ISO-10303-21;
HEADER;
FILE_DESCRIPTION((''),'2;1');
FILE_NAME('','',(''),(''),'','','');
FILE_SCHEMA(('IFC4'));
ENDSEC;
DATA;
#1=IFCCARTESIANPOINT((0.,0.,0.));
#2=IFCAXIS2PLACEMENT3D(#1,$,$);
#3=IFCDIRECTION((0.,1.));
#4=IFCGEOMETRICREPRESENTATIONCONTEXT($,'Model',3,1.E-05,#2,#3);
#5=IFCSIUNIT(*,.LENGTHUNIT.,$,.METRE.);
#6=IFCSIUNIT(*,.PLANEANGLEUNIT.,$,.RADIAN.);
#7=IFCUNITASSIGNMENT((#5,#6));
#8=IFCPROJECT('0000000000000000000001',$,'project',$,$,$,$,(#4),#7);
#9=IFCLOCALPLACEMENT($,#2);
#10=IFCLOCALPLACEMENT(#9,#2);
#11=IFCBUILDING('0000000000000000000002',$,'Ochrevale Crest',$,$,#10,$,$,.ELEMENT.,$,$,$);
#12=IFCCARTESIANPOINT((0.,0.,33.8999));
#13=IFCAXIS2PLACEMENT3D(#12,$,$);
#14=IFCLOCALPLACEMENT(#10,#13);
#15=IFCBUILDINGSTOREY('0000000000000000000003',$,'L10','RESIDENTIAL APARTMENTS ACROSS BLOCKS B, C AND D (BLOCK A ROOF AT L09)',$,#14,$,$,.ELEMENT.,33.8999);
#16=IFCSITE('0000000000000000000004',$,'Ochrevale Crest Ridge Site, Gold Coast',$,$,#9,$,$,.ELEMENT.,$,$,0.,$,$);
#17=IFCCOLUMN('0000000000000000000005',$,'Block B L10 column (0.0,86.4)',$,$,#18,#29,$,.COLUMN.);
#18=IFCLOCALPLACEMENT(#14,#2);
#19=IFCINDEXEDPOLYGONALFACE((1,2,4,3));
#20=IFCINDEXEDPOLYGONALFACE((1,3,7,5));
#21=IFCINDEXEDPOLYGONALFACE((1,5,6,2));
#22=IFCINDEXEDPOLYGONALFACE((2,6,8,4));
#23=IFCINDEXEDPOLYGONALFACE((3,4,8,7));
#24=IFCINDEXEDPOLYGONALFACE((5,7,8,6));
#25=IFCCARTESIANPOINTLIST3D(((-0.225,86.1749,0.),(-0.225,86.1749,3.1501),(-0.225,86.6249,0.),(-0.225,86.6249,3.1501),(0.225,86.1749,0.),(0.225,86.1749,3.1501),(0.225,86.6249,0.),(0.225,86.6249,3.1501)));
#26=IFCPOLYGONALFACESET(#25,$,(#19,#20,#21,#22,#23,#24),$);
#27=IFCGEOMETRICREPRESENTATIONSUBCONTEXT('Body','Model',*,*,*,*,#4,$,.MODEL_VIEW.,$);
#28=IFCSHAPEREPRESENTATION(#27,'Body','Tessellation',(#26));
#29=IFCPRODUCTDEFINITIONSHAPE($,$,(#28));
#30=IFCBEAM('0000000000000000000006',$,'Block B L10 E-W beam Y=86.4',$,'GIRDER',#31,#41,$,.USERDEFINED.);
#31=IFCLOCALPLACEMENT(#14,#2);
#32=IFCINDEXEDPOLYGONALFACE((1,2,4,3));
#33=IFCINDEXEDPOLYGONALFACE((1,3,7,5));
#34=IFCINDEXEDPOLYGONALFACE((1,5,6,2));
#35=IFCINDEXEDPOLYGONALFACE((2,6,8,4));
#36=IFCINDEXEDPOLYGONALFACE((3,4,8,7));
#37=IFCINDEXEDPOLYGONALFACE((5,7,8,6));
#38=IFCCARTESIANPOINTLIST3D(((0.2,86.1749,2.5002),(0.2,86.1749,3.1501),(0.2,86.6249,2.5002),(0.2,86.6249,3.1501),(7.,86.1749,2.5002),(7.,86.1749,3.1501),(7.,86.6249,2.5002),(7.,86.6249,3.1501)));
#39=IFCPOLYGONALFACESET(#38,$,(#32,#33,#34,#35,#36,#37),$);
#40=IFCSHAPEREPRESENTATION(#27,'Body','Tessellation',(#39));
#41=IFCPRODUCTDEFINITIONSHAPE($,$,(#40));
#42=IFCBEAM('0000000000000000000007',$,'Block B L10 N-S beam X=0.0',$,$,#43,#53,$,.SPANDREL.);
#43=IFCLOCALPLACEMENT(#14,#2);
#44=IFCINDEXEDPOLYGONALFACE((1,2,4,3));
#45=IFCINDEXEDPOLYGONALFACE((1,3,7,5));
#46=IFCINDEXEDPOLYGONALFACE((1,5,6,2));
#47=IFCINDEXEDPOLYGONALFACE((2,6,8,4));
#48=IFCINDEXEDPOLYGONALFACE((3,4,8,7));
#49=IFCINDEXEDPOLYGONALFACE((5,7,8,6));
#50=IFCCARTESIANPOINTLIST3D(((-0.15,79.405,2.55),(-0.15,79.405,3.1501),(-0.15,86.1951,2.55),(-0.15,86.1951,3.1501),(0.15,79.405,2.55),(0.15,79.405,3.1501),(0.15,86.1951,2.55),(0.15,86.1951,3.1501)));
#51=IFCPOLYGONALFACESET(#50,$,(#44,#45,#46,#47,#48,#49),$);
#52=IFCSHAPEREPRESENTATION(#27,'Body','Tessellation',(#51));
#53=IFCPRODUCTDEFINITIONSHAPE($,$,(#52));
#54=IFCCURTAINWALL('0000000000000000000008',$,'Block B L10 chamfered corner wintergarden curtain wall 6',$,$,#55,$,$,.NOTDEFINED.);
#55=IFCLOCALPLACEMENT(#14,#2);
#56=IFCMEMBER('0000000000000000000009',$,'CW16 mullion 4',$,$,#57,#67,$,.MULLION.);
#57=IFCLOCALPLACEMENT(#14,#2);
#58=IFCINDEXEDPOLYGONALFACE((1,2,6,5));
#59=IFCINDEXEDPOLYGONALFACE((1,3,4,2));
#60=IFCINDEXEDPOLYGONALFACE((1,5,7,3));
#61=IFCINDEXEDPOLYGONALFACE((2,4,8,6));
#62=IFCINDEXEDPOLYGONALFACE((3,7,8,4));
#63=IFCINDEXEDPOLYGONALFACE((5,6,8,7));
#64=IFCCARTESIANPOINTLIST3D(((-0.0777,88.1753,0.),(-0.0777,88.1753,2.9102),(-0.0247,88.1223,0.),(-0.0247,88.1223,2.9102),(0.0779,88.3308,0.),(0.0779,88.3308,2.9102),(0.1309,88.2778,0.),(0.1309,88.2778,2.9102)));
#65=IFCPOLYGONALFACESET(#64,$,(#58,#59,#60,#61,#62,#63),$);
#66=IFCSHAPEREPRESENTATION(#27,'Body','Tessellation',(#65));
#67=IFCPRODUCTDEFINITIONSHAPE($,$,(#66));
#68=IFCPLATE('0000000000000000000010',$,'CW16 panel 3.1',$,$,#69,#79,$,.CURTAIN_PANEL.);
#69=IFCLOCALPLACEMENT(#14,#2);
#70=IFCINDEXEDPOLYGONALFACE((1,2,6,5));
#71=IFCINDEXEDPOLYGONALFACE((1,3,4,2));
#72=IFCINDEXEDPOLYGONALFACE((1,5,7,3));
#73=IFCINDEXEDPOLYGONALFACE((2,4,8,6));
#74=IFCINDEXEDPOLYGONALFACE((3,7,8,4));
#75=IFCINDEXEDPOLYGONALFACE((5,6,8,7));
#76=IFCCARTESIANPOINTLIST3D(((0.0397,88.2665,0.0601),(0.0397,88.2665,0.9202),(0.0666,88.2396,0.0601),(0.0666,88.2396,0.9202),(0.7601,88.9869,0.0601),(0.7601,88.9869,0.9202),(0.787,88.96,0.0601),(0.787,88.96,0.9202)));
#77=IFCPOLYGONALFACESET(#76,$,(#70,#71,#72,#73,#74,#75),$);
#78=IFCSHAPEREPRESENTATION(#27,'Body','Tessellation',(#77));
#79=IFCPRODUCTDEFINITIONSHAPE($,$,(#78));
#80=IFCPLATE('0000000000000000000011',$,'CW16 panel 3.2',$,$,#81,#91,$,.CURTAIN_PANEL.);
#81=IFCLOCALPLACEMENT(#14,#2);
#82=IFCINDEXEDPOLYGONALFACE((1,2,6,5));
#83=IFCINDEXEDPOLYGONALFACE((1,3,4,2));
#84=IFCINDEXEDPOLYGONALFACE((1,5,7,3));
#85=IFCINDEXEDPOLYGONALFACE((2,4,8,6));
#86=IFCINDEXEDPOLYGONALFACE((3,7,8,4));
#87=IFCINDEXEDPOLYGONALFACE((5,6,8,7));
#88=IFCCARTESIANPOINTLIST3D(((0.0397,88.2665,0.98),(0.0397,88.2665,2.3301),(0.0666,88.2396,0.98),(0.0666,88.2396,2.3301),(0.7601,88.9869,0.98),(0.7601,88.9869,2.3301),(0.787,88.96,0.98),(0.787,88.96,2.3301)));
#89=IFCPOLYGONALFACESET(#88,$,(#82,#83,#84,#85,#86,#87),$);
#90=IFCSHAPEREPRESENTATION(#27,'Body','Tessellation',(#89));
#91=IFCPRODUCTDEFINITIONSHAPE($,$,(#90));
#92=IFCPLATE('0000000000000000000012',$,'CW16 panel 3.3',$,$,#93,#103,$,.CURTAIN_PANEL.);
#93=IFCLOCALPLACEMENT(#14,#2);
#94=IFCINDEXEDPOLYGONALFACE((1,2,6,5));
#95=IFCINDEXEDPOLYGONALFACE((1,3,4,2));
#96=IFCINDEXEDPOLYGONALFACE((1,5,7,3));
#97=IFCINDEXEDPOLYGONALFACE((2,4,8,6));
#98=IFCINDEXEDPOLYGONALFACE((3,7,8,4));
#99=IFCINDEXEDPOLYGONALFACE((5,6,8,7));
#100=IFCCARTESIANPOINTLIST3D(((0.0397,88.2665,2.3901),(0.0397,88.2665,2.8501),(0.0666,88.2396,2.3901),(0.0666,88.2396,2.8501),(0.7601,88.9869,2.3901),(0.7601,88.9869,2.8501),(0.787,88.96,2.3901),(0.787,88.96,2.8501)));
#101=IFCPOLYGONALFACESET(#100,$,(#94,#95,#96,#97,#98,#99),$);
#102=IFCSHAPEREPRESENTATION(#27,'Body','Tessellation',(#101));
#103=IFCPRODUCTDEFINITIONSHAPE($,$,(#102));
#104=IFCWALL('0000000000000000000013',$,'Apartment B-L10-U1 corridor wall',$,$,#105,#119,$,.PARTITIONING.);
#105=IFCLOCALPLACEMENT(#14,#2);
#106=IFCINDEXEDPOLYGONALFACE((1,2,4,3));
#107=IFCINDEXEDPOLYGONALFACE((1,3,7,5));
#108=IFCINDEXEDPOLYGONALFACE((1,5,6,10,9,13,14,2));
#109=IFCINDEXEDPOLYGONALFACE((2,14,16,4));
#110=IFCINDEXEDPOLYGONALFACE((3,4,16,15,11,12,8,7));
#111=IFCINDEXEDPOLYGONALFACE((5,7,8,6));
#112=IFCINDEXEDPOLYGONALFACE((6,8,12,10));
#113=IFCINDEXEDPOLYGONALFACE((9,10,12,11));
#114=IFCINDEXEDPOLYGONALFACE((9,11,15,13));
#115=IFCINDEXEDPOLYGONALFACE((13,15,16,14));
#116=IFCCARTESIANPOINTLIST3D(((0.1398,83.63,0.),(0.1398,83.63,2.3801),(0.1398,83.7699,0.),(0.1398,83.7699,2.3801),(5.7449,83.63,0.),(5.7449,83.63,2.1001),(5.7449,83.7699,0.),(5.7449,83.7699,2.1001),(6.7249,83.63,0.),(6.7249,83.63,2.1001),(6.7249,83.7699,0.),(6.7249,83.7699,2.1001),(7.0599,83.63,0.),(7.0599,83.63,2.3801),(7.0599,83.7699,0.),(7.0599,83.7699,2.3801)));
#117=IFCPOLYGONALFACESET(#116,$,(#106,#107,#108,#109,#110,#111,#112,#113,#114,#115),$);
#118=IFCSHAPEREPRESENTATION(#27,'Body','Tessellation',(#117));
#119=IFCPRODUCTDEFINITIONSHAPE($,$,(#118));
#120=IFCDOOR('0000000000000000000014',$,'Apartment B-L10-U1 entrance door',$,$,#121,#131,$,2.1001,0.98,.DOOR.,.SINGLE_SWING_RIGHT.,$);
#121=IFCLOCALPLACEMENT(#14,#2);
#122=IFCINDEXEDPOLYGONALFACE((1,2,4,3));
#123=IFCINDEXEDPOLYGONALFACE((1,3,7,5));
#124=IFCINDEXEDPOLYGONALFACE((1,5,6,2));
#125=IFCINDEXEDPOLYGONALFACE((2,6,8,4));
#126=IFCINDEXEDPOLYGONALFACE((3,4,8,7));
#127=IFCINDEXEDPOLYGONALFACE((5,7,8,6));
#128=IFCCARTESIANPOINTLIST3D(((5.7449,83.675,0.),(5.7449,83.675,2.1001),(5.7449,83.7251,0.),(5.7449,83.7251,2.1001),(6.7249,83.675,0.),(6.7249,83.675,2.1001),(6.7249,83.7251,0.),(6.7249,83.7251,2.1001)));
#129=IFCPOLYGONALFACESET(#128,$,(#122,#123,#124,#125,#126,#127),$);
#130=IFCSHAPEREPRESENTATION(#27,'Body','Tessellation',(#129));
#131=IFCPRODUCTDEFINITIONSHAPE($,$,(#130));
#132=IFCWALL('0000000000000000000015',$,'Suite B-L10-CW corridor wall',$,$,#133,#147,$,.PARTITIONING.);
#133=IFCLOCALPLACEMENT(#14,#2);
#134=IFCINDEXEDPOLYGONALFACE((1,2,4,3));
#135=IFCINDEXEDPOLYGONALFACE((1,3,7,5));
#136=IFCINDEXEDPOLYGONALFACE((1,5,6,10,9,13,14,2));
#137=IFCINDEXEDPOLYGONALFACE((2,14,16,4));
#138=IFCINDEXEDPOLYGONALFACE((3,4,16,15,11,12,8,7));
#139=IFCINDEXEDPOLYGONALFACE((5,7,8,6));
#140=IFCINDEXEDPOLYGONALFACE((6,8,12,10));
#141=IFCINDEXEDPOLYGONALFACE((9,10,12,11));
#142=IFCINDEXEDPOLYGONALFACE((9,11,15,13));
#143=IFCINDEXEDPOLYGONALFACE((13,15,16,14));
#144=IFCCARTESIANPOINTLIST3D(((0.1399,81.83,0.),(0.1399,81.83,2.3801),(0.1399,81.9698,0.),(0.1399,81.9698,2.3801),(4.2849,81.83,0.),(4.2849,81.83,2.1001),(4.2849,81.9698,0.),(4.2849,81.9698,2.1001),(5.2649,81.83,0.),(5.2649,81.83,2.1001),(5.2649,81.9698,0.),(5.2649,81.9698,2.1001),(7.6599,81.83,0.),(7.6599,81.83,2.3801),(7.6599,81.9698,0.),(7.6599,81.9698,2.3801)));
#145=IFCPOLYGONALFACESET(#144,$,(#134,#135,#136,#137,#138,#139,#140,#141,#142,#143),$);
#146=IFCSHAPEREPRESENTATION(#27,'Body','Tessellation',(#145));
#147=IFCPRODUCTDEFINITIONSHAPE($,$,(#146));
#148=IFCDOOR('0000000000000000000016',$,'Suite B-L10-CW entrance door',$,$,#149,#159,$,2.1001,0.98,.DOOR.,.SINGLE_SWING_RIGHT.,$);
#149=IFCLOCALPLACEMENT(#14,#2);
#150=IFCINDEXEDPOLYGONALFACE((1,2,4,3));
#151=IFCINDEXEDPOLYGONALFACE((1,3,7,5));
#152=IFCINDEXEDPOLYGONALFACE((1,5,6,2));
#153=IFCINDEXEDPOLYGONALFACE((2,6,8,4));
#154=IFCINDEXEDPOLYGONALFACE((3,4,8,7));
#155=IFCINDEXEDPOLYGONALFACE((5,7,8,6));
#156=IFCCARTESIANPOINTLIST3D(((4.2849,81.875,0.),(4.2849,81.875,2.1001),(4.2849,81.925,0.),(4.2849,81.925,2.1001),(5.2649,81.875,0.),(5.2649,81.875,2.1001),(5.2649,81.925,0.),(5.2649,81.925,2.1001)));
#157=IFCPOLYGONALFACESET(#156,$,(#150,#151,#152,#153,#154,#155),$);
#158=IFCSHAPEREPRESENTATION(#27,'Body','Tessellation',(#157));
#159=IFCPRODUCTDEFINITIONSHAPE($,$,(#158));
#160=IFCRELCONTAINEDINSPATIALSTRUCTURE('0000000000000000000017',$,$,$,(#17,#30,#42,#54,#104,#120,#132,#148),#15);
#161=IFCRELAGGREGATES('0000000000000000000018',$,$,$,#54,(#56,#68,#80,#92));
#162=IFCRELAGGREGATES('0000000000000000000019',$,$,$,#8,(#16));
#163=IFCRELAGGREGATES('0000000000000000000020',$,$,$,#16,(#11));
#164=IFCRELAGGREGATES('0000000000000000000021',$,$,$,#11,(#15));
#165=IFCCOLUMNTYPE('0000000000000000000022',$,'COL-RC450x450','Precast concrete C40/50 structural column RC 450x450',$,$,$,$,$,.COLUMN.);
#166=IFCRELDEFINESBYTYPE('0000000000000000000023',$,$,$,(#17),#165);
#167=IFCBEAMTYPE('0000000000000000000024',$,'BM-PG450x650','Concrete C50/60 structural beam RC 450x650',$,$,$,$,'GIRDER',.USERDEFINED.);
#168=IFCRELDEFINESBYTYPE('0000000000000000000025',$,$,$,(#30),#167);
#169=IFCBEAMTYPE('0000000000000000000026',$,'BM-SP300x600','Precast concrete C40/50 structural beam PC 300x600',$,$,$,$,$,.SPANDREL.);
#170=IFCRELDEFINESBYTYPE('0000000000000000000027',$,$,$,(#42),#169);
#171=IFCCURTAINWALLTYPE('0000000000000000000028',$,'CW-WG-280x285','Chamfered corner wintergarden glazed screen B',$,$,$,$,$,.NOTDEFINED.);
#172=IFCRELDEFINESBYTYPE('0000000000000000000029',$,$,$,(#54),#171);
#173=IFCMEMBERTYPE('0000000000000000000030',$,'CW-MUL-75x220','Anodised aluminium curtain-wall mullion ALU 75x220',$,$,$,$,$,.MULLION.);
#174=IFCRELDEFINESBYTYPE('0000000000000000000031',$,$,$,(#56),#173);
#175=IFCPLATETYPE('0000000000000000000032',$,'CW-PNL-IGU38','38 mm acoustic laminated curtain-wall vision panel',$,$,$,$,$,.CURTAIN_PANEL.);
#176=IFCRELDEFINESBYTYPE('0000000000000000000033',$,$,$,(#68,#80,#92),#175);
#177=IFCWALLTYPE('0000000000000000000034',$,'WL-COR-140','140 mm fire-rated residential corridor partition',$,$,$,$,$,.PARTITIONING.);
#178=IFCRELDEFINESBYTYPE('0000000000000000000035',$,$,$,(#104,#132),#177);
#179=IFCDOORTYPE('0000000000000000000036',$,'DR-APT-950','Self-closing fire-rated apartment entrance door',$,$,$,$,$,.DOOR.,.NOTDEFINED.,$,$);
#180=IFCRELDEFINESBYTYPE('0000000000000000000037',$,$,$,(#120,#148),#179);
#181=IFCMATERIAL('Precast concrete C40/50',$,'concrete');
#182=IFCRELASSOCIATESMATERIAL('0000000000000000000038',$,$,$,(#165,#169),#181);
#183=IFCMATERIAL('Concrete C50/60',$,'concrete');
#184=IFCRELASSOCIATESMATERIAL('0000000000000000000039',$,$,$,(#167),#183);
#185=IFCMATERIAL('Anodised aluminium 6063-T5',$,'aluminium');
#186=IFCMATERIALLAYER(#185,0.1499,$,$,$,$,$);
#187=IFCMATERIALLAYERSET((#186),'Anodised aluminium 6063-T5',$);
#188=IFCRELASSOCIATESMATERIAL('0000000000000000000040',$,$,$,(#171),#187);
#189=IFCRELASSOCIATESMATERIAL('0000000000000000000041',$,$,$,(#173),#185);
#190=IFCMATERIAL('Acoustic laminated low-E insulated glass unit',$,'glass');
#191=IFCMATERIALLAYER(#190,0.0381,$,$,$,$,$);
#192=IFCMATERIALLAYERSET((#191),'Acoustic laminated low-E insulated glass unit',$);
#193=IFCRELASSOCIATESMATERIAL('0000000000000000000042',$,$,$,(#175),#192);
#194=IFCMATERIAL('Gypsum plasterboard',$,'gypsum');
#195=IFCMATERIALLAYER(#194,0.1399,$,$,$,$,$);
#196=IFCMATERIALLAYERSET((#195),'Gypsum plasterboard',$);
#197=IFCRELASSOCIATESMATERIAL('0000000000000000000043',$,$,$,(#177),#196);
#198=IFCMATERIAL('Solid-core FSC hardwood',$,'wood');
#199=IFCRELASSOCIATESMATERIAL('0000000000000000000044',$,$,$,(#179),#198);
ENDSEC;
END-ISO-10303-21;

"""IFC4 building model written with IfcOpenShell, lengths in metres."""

from ifc_helpers import new_model, si_unit, direction, frame, frame_2d, origin, origin_2d, place, context, subcontext, project, spatial, rectangle, extrude, material, layer, layer_set, material_profile, profile_set, type_object, element, fill, aggregate, save


model = new_model("IFC4")

# Units and contexts
model_context = context("Model", 3, precision=1e-05, world=origin(), true_north=direction((0.0, 1.0)))
body_context = subcontext(model_context, "Body", "Model", "MODEL_VIEW")
ifc_project = project(units=[si_unit("LENGTHUNIT", "METRE"), si_unit("PLANEANGLEUNIT", "RADIAN")], contexts=[model_context])

# Site, building, storey
site_placement = place(None, origin())
site = spatial("IfcSite", under=ifc_project, at=site_placement, Name="Ochrevale Crest Ridge Site, Gold Coast", CompositionType="ELEMENT", RefElevation=0.0)
building_placement = place(site_placement, origin())
building = spatial("IfcBuilding", under=site, at=building_placement, Name="Ochrevale Crest", CompositionType="ELEMENT")
storey_placement = place(building_placement, frame((0.0, 0.0, 33.8999)))
storey = spatial("IfcBuildingStorey", under=building, at=storey_placement, Name="L10", Description="RESIDENTIAL APARTMENTS ACROSS BLOCKS B, C AND D (BLOCK A ROOF AT L09)", CompositionType="ELEMENT", Elevation=33.8999)

# Column
ifc_material_1 = material(Name="Precast concrete C40/50", Category="concrete")
ifc_material_profile_1 = material_profile(ifc_material_1, rectangle(XDim=0.45, YDim=0.45, at=origin_2d()), Name="RC 450x450")
ifc_profile_set_1 = profile_set([ifc_material_profile_1], Name="Precast concrete C40/50")
column_type = type_object("IfcColumnType", Name="COL-RC450x450", Description="Precast concrete C40/50 structural column RC 450x450", PredefinedType="COLUMN", material=ifc_profile_set_1)
column_placement = place(storey_placement, frame((0.0, 86.3999, 0.0), z_axis=(0.0, 0.0, 1.0), x_axis=(1.0, 0.0, 0.0)))
element("IfcColumn", 1, at=column_placement, inside=storey, type_object=column_type, Name="Block B L10 column (0.0,86.4)", PredefinedType="COLUMN", context=body_context, shape_type="SweptSolid", body=[
    extrude(rectangle(XDim=0.45, YDim=0.45, at=origin_2d()), origin(), (0.0, 0.0, 1.0), 3.1501),
])

# Beams
ifc_material_2 = material(Name="Concrete C50/60", Category="concrete")
ifc_material_profile_2 = material_profile(ifc_material_2, rectangle(XDim=0.45, YDim=0.6499, at=origin_2d()), Name="RC 450x650")
ifc_profile_set_2 = profile_set([ifc_material_profile_2], Name="Concrete C50/60")
beam_type_1 = type_object("IfcBeamType", Name="BM-PG450x650", Description="Concrete C50/60 structural beam RC 450x650", ElementType="GIRDER", PredefinedType="USERDEFINED", material=ifc_profile_set_2)
beam_1_placement = place(storey_placement, frame((0.2, 86.3999, 2.8252), z_axis=(1.0, 0.0, 0.0), x_axis=(0.0, 1.0, 0.0)))
element("IfcBeam", 2, at=beam_1_placement, inside=storey, type_object=beam_type_1, Name="Block B L10 E-W beam Y=86.4", ObjectType="GIRDER", PredefinedType="USERDEFINED", context=body_context, shape_type="SweptSolid", body=[
    extrude(rectangle(XDim=0.45, YDim=0.6499, at=origin_2d()), origin(), (0.0, 0.0, 1.0), 6.8),
])
ifc_material_profile_3 = material_profile(ifc_material_1, rectangle(XDim=0.3, YDim=0.6001, at=origin_2d()), Name="PC 300x600")
ifc_profile_set_3 = profile_set([ifc_material_profile_3], Name="Precast concrete C40/50")
beam_type_2 = type_object("IfcBeamType", Name="BM-SP300x600", Description="Precast concrete C40/50 structural beam PC 300x600", PredefinedType="SPANDREL", material=ifc_profile_set_3)
beam_2_placement = place(storey_placement, frame((0.0, 79.405, 2.8501), z_axis=(0.0, 1.0, 0.0), x_axis=(-1.0, 0.0, 0.0)))
element("IfcBeam", 3, at=beam_2_placement, inside=storey, type_object=beam_type_2, Name="Block B L10 N-S beam X=0.0", PredefinedType="SPANDREL", context=body_context, shape_type="SweptSolid", body=[
    extrude(rectangle(XDim=0.3, YDim=0.6001, at=origin_2d()), origin(), (0.0, 0.0, 1.0), 6.79),
])

# Curtain wall, member, plates
ifc_material_3 = material(Name="Anodised aluminium 6063-T5", Category="aluminium")
ifc_layer_1 = layer(ifc_material_3, 0.1499)
ifc_layer_set_1 = layer_set([ifc_layer_1], Name="Anodised aluminium 6063-T5")
curtain_wall_type = type_object("IfcCurtainWallType", Name="CW-WG-280x285", Description="Chamfered corner wintergarden glazed screen B", PredefinedType="NOTDEFINED", material=ifc_layer_set_1)
curtain_wall_placement = place(storey_placement, origin())
curtain_wall = element("IfcCurtainWall", 4, at=curtain_wall_placement, inside=storey, type_object=curtain_wall_type, Name="Block B L10 chamfered corner wintergarden curtain wall 6", PredefinedType="NOTDEFINED")
ifc_material_profile_4 = material_profile(ifc_material_3, rectangle(XDim=0.075, YDim=0.22, at=origin_2d()), Name="ALU 75x220")
ifc_profile_set_4 = profile_set([ifc_material_profile_4], Name="Anodised aluminium 6063-T5")
member_type = type_object("IfcMemberType", Name="CW-MUL-75x220", Description="Anodised aluminium curtain-wall mullion ALU 75x220", PredefinedType="MULLION", material=ifc_profile_set_4)
member_placement = place(storey_placement, frame((0.0266, 88.2266, 0.0), z_axis=(0.0, 0.0, 1.0), x_axis=(0.707107, -0.707107, 0.0)))
member = element("IfcMember", 5, at=member_placement, type_object=member_type, Name="CW16 mullion 4", PredefinedType="MULLION", context=body_context, shape_type="SweptSolid", body=[
    extrude(rectangle(XDim=0.075, YDim=0.22, at=origin_2d()), origin(), (0.0, 0.0, 1.0), 2.9102),
])
ifc_material_4 = material(Name="Acoustic laminated low-E insulated glass unit", Category="glass")
ifc_layer_2 = layer(ifc_material_4, 0.0381)
ifc_layer_set_2 = layer_set([ifc_layer_2], Name="Acoustic laminated low-E insulated glass unit")
plate_type = type_object("IfcPlateType", Name="CW-PNL-IGU38", Description="38 mm acoustic laminated curtain-wall vision panel", PredefinedType="CURTAIN_PANEL", material=ifc_layer_set_2)
plate_1_placement = place(storey_placement, frame((0.4133, 88.6133, 0.0601), z_axis=(0.0, 0.0, 1.0), x_axis=(-0.707107, -0.707107, 0.0)))
plate_1 = element("IfcPlate", 6, at=plate_1_placement, type_object=plate_type, Name="CW16 panel 3.1", PredefinedType="CURTAIN_PANEL", context=body_context, shape_type="SweptSolid", body=[
    extrude(rectangle(XDim=1.0188, YDim=0.0381, at=origin_2d()), origin(), (0.0, 0.0, 1.0), 0.8601),
])
plate_2_placement = place(storey_placement, frame((0.4133, 88.6133, 0.98), z_axis=(0.0, 0.0, 1.0), x_axis=(-0.707107, -0.707107, 0.0)))
plate_2 = element("IfcPlate", 7, at=plate_2_placement, type_object=plate_type, Name="CW16 panel 3.2", PredefinedType="CURTAIN_PANEL", context=body_context, shape_type="SweptSolid", body=[
    extrude(rectangle(XDim=1.0188, YDim=0.0381, at=origin_2d()), origin(), (0.0, 0.0, 1.0), 1.3501),
])
plate_3_placement = place(storey_placement, frame((0.4133, 88.6133, 2.3901), z_axis=(0.0, 0.0, 1.0), x_axis=(-0.707107, -0.707107, 0.0)))
plate_3 = element("IfcPlate", 8, at=plate_3_placement, type_object=plate_type, Name="CW16 panel 3.3", PredefinedType="CURTAIN_PANEL", context=body_context, shape_type="SweptSolid", body=[
    extrude(rectangle(XDim=1.0188, YDim=0.0381, at=origin_2d()), origin(), (0.0, 0.0, 1.0), 0.46),
])
aggregate(curtain_wall, [member, plate_1, plate_2, plate_3])

# Walls, openings, doors
ifc_material_5 = material(Name="Gypsum plasterboard", Category="gypsum")
ifc_layer_3 = layer(ifc_material_5, 0.1399)
ifc_layer_set_3 = layer_set([ifc_layer_3], Name="Gypsum plasterboard")
wall_type_1 = type_object("IfcWallType", Name="WL-COR-140", Description="140 mm fire-rated residential corridor partition", PredefinedType="PARTITIONING", material=ifc_layer_set_3)
wall_1_placement = place(storey_placement, frame((0.1399, 83.7, 0.0), z_axis=(0.0, 0.0, 1.0), x_axis=(1.0, 0.0, 0.0)))
wall_1 = element("IfcWall", 9, at=wall_1_placement, inside=storey, type_object=wall_type_1, Name="Apartment B-L10-U1 corridor wall", PredefinedType="PARTITIONING", context=body_context, shape_type="SweptSolid", body=[
    extrude(rectangle(XDim=6.9202, YDim=0.1399, at=frame_2d((3.46, 0.0))), origin(), (0.0, 0.0, 1.0), 2.3801),
])
opening_1_placement = place(wall_1_placement, frame((6.585, 0.0, 0.0), z_axis=(0.0, 0.0, 1.0), x_axis=(-1.0, 0.0, 0.0)))
opening_1 = element("IfcOpeningElement", 10, at=opening_1_placement, cuts=wall_1, PredefinedType="OPENING", context=body_context, shape_type="SweptSolid", body=[
    extrude(rectangle(XDim=0.98, YDim=2.1001, at=frame_2d((0.49, 1.05))), frame((0.0, 0.0801, 0.0), z_axis=(0.0, -1.0, 0.0), x_axis=(1.0, 0.0, 0.0)), (0.0, 0.0, 1.0), 0.1599),
])
ifc_material_6 = material(Name="Solid-core FSC hardwood", Category="wood")
door_type_1 = type_object("IfcDoorType", Name="DR-APT-950", Description="Self-closing fire-rated apartment entrance door", OperationType="NOTDEFINED", PredefinedType="DOOR", material=ifc_material_6)
door_1_placement = place(opening_1_placement, origin())
door_1 = element("IfcDoor", 11, at=door_1_placement, inside=storey, type_object=door_type_1, Name="Apartment B-L10-U1 entrance door", OperationType="SINGLE_SWING_RIGHT", OverallHeight=2.1001, OverallWidth=0.98, PredefinedType="DOOR", context=body_context, shape_type="SweptSolid", body=[
    extrude(rectangle(XDim=0.98, YDim=2.1001, at=frame_2d((0.49, 1.05))), frame((0.0, 0.0249, 0.0), z_axis=(0.0, -1.0, 0.0), x_axis=(1.0, 0.0, 0.0)), (0.0, 0.0, 1.0), 0.05),
])
fill(opening_1, door_1)
wall_2_placement = place(storey_placement, frame((0.1399, 81.8999, 0.0), z_axis=(0.0, 0.0, 1.0), x_axis=(1.0, 0.0, 0.0)))
wall_2 = element("IfcWall", 12, at=wall_2_placement, inside=storey, type_object=wall_type_1, Name="Suite B-L10-CW corridor wall", PredefinedType="PARTITIONING", context=body_context, shape_type="SweptSolid", body=[
    extrude(rectangle(XDim=7.52, YDim=0.1399, at=frame_2d((3.76, 0.0))), origin(), (0.0, 0.0, 1.0), 2.3801),
])
opening_2_placement = place(wall_2_placement, frame((5.125, 0.0, 0.0), z_axis=(0.0, 0.0, 1.0), x_axis=(-1.0, 0.0, 0.0)))
opening_2 = element("IfcOpeningElement", 13, at=opening_2_placement, cuts=wall_2, PredefinedType="OPENING", context=body_context, shape_type="SweptSolid", body=[
    extrude(rectangle(XDim=0.98, YDim=2.1001, at=frame_2d((0.49, 1.05))), frame((0.0, 0.0801, 0.0), z_axis=(0.0, -1.0, 0.0), x_axis=(1.0, 0.0, 0.0)), (0.0, 0.0, 1.0), 0.1599),
])
door_2_placement = place(opening_2_placement, origin())
door_2 = element("IfcDoor", 14, at=door_2_placement, inside=storey, type_object=door_type_1, Name="Suite B-L10-CW entrance door", OperationType="SINGLE_SWING_RIGHT", OverallHeight=2.1001, OverallWidth=0.98, PredefinedType="DOOR", context=body_context, shape_type="SweptSolid", body=[
    extrude(rectangle(XDim=0.98, YDim=2.1001, at=frame_2d((0.49, 1.05))), frame((0.0, 0.0249, 0.0), z_axis=(0.0, -1.0, 0.0), x_axis=(1.0, 0.0, 0.0)), (0.0, 0.0, 1.0), 0.05),
])
fill(opening_2, door_2)

save(model, "model.ifc")
